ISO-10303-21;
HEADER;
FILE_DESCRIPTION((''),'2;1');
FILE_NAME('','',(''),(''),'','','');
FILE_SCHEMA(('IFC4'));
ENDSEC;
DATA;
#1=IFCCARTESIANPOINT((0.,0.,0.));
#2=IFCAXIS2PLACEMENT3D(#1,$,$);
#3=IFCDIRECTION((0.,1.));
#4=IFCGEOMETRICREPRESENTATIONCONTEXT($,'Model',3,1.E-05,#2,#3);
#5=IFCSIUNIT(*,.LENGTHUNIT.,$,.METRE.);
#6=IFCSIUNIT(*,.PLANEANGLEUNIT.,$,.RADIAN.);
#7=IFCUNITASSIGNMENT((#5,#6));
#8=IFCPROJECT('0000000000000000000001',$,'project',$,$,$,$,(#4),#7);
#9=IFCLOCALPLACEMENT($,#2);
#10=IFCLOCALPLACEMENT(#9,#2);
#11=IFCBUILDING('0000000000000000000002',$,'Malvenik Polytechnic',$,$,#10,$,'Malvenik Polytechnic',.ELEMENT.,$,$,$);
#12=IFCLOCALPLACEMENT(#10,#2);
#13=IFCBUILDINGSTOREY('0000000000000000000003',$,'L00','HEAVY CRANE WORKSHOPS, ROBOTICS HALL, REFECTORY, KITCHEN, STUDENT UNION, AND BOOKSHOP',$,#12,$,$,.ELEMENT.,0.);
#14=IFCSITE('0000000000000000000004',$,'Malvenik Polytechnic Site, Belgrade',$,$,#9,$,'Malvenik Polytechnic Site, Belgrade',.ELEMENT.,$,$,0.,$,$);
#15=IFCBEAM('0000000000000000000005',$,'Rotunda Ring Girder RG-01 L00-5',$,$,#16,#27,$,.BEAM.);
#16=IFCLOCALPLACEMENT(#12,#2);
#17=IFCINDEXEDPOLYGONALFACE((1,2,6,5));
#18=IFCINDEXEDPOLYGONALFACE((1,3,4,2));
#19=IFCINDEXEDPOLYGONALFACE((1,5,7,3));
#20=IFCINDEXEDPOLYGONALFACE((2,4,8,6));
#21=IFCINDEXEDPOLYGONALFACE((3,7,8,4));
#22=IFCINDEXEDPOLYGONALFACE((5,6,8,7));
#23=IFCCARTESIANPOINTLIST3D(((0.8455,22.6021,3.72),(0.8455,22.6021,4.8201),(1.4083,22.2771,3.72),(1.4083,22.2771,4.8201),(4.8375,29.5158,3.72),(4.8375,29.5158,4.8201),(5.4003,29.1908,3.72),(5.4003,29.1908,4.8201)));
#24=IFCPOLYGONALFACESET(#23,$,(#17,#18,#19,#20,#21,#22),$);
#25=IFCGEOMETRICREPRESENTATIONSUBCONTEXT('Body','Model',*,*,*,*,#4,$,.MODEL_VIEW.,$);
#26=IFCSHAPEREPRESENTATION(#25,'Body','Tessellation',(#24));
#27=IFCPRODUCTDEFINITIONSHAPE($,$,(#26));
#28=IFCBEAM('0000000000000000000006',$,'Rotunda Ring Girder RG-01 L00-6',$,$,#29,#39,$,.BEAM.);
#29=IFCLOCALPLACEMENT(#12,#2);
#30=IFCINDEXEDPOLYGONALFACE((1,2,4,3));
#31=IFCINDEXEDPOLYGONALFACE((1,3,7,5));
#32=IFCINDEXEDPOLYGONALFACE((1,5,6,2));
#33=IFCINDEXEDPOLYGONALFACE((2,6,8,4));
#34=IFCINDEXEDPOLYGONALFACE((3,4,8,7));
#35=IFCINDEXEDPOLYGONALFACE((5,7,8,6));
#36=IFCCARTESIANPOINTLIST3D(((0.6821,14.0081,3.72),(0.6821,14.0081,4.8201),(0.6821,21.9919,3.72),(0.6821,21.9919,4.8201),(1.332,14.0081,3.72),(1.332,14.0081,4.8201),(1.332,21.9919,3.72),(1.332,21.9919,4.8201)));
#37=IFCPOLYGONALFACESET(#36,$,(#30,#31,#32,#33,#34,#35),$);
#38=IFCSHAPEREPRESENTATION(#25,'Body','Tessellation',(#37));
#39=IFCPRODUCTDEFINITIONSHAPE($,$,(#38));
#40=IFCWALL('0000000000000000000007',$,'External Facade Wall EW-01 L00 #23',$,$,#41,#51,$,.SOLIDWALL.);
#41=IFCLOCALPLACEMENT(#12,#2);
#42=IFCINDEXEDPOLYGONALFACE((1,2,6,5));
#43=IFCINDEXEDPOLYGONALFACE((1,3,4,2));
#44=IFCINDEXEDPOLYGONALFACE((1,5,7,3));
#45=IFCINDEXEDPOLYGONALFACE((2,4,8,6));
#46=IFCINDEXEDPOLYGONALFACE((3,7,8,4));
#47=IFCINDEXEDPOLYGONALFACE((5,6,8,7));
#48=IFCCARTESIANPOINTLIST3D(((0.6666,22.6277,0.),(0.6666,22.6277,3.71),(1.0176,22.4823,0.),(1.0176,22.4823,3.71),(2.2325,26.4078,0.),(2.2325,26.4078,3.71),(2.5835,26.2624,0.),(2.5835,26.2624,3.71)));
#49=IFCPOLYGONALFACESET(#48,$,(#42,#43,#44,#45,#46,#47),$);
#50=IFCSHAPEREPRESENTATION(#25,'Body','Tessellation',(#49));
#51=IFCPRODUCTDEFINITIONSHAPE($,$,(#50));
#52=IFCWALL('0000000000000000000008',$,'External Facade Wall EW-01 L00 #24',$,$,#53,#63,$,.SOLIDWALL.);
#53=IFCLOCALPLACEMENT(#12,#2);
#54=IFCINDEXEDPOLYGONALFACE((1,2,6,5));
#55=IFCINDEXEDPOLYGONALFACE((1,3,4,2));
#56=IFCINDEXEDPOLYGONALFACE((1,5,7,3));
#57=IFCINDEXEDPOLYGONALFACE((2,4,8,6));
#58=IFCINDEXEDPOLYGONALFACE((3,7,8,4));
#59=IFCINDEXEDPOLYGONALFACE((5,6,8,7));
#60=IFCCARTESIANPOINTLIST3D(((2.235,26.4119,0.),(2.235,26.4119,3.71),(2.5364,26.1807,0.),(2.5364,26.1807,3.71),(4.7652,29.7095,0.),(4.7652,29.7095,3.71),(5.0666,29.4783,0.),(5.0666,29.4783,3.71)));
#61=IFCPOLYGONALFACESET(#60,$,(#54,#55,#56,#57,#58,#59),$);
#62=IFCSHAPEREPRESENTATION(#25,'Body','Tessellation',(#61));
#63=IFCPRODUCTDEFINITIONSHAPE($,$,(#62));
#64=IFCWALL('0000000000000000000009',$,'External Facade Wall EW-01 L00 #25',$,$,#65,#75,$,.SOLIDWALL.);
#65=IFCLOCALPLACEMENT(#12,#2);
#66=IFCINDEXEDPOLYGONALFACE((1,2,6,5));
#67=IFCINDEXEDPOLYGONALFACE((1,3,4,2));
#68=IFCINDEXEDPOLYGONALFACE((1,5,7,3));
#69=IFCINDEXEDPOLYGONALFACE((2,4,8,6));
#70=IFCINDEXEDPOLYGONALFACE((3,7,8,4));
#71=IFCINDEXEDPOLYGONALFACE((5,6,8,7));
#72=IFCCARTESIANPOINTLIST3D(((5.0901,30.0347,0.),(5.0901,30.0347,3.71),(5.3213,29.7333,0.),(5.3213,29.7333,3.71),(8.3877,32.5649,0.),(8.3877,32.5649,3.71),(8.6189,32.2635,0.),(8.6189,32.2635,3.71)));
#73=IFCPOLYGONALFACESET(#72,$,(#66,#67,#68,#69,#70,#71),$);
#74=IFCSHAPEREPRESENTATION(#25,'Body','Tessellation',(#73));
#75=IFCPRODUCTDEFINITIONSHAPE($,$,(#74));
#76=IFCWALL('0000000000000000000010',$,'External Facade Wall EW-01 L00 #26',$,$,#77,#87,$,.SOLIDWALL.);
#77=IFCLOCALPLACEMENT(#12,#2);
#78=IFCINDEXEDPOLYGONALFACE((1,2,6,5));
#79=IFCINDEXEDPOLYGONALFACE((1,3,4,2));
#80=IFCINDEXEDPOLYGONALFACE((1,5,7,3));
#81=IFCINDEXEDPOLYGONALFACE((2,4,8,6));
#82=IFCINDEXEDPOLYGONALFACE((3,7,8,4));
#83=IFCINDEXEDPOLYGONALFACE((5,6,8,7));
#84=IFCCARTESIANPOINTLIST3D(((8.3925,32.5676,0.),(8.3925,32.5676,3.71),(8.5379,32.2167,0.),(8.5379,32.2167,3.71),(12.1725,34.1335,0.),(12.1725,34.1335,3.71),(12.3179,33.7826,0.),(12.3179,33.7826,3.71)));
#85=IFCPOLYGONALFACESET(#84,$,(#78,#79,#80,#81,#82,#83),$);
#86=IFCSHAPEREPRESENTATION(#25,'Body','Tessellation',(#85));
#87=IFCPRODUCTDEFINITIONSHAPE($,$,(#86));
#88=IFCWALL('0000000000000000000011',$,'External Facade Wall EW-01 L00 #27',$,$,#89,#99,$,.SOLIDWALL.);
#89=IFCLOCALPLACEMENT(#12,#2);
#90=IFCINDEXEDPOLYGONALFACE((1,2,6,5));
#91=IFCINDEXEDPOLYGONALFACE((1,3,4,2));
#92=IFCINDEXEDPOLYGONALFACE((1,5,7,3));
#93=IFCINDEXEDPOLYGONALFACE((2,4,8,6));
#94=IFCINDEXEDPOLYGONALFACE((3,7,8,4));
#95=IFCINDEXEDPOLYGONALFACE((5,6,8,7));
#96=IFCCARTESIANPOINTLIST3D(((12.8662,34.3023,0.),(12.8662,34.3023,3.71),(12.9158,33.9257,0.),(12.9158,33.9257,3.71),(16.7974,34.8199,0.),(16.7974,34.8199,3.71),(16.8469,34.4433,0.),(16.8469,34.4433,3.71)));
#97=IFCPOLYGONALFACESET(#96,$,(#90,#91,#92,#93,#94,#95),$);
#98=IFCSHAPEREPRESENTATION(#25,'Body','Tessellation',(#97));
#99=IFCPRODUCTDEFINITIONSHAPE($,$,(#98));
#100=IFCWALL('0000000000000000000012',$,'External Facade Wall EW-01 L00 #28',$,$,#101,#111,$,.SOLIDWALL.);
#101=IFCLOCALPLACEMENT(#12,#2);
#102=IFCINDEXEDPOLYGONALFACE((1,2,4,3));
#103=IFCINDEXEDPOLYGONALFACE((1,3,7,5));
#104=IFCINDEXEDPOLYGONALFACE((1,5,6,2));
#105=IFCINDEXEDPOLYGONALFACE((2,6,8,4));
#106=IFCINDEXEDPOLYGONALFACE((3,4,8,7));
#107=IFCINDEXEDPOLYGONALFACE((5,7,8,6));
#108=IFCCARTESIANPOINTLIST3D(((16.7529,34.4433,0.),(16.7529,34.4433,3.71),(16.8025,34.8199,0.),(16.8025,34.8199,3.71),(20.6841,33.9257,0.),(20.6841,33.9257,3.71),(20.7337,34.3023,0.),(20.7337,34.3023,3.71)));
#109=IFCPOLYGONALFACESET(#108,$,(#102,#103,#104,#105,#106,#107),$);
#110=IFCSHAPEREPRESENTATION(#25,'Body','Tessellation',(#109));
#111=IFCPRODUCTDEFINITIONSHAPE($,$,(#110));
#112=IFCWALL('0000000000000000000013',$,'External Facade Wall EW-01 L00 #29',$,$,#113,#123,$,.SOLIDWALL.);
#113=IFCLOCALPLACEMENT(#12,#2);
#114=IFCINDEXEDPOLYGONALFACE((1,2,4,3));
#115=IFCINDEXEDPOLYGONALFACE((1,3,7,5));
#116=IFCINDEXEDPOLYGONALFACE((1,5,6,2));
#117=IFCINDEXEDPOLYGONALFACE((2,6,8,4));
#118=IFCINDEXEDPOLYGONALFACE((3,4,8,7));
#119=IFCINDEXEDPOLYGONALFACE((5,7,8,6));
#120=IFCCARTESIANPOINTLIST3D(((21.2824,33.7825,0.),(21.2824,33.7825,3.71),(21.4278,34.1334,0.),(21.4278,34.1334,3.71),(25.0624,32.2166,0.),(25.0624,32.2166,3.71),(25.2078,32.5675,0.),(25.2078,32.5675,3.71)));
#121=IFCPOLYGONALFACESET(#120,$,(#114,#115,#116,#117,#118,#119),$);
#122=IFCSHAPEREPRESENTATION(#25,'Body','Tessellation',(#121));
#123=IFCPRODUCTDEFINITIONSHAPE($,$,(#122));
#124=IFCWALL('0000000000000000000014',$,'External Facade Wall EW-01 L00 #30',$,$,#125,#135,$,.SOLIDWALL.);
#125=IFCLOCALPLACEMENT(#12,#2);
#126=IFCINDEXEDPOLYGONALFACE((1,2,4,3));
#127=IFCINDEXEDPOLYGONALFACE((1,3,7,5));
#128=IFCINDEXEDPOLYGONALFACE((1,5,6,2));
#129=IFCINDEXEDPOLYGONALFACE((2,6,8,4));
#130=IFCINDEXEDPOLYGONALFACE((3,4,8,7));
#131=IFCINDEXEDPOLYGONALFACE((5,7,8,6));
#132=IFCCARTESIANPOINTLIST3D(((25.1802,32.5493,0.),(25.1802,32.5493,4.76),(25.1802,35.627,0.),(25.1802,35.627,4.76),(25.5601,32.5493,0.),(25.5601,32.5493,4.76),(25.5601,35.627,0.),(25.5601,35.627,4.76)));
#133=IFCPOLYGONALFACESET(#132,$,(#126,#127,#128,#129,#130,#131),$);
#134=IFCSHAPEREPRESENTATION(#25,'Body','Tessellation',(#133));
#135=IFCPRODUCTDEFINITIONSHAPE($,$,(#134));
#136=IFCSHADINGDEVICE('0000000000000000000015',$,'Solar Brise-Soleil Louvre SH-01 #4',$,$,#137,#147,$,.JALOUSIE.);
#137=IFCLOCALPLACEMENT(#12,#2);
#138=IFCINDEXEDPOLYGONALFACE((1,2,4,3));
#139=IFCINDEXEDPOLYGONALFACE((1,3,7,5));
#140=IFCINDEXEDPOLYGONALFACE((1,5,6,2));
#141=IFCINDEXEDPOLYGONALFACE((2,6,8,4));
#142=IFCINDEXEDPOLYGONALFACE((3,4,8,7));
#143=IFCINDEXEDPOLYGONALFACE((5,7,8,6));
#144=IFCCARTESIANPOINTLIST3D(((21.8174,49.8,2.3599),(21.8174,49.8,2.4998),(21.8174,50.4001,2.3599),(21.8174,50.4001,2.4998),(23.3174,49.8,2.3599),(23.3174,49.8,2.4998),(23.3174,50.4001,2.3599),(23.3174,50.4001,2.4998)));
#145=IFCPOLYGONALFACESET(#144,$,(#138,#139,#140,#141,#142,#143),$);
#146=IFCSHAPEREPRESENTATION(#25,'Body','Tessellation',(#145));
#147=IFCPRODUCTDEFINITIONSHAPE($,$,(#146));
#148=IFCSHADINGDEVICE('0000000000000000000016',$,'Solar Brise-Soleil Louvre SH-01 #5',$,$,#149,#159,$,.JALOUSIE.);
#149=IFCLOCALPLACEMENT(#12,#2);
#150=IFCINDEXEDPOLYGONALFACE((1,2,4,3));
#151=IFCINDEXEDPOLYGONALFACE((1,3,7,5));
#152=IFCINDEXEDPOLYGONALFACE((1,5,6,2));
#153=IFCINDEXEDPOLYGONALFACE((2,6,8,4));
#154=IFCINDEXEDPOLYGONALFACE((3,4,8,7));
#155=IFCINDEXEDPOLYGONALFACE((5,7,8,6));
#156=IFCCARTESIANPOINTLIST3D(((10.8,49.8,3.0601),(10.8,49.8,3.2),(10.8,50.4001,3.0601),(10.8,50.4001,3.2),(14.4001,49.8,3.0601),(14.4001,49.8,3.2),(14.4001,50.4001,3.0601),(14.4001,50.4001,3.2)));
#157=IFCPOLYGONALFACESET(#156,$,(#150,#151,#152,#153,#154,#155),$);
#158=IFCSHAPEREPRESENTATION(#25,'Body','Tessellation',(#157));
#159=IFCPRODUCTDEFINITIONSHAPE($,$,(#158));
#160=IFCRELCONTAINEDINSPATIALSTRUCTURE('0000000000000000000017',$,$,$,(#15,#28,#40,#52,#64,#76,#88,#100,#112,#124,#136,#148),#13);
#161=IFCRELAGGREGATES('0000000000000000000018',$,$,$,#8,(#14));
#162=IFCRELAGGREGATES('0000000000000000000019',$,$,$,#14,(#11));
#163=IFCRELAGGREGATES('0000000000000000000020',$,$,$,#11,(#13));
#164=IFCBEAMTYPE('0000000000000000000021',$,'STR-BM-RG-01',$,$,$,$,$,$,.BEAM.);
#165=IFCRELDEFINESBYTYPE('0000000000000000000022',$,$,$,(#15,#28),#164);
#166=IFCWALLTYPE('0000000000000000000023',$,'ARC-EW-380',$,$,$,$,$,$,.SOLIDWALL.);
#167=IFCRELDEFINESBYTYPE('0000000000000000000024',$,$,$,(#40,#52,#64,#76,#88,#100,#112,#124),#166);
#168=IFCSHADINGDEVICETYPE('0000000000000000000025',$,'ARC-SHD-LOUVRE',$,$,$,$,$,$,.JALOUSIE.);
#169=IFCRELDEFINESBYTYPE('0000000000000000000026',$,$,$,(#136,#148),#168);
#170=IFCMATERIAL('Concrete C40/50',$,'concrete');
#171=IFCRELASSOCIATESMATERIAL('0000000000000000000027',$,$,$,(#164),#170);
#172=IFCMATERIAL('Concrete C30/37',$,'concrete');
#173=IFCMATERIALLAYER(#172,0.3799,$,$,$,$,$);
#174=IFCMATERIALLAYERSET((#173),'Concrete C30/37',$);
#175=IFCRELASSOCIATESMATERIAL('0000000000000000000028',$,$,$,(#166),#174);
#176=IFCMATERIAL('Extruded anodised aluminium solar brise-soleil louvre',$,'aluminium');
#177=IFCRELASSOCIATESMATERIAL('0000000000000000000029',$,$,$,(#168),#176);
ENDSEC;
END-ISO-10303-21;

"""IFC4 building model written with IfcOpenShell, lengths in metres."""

from ifc_helpers import new_model, si_unit, direction, frame, frame_2d, origin, origin_2d, place, context, subcontext, project, spatial, rectangle, extrude, material, layer, layer_set, material_profile, profile_set, type_object, element, save


model = new_model("IFC4")

# Units and contexts
model_context = context("Model", 3, precision=1e-05, world=origin(), true_north=direction((0.0, 1.0)))
body_context = subcontext(model_context, "Body", "Model", "MODEL_VIEW")
ifc_project = project(units=[si_unit("LENGTHUNIT", "METRE"), si_unit("PLANEANGLEUNIT", "RADIAN")], contexts=[model_context])

# Site, building, storey
site_placement = place(None, origin())
site = spatial("IfcSite", under=ifc_project, at=site_placement, Name="Malvenik Polytechnic Site, Belgrade", LongName="Malvenik Polytechnic Site, Belgrade", CompositionType="ELEMENT", RefElevation=0.0)
building_placement = place(site_placement, origin())
building = spatial("IfcBuilding", under=site, at=building_placement, Name="Malvenik Polytechnic", LongName="Malvenik Polytechnic", CompositionType="ELEMENT")
storey_placement = place(building_placement, origin())
storey = spatial("IfcBuildingStorey", under=building, at=storey_placement, Name="L00", Description="HEAVY CRANE WORKSHOPS, ROBOTICS HALL, REFECTORY, KITCHEN, STUDENT UNION, AND BOOKSHOP", CompositionType="ELEMENT", Elevation=0.0)

# Beams
ifc_material_1 = material(Name="Concrete C40/50", Category="concrete")
ifc_material_profile_1 = material_profile(ifc_material_1, rectangle(XDim=0.6499, YDim=1.1001, at=origin_2d()), Name="RC RG 650x1100")
ifc_profile_set_1 = profile_set([ifc_material_profile_1], Name="Concrete C40/50")
beam_type = type_object("IfcBeamType", Name="STR-BM-RG-01", PredefinedType="BEAM", material=ifc_profile_set_1)
beam_1_placement = place(storey_placement, frame((5.1189, 29.3533, 4.27), z_axis=(-0.500037, -0.866004, 0.0), x_axis=(0.866004, -0.500037, 0.0)))
element("IfcBeam", 1, at=beam_1_placement, inside=storey, type_object=beam_type, Name="Rotunda Ring Girder RG-01 L00-5", PredefinedType="BEAM", context=body_context, shape_type="SweptSolid", body=[
    extrude(rectangle(XDim=0.6499, YDim=1.1001, at=origin_2d()), origin(), (0.0, 0.0, 1.0), 7.9834),
])
beam_2_placement = place(storey_placement, frame((1.0071, 21.9919, 4.27), z_axis=(0.0, -1.0, 0.0), x_axis=(1.0, 0.0, 0.0)))
element("IfcBeam", 2, at=beam_2_placement, inside=storey, type_object=beam_type, Name="Rotunda Ring Girder RG-01 L00-6", PredefinedType="BEAM", context=body_context, shape_type="SweptSolid", body=[
    extrude(rectangle(XDim=0.6499, YDim=1.1001, at=origin_2d()), origin(), (0.0, 0.0, 1.0), 7.9839),
])

# Walls
ifc_material_2 = material(Name="Concrete C30/37", Category="concrete")
ifc_layer = layer(ifc_material_2, 0.3799)
ifc_layer_set = layer_set([ifc_layer], Name="Concrete C30/37")
wall_type = type_object("IfcWallType", Name="ARC-EW-380", PredefinedType="SOLIDWALL", material=ifc_layer_set)
wall_1_placement = place(storey_placement, frame((0.842, 22.5549, 0.0), z_axis=(0.0, 0.0, 1.0), x_axis=(0.382721, 0.923864, 0.0)))
element("IfcWall", 3, at=wall_1_placement, inside=storey, type_object=wall_type, Name="External Facade Wall EW-01 L00 #23", PredefinedType="SOLIDWALL", context=body_context, shape_type="SweptSolid", body=[
    extrude(rectangle(XDim=4.0916, YDim=0.3799, at=frame_2d((2.0459, 0.0))), origin(), (0.0, 0.0, 1.0), 3.71),
])
for number, where, z_axis, x_axis, name in (
    (4, (2.3857, 26.2964, 0.0), (0.0, 0.0, 1.0), (0.608751, 0.793361, 0.0), "External Facade Wall EW-01 L00 #24"),
    (5, (5.2058, 29.884, 0.0), (0.0, 0.0, 1.0), (0.793361, 0.608751, 0.0), "External Facade Wall EW-01 L00 #25"),
):
    element("IfcWall", number, at=place(storey_placement, frame(where, z_axis=z_axis, x_axis=x_axis)), inside=storey, type_object=wall_type, Name=name, PredefinedType="SOLIDWALL", context=body_context, shape_type="SweptSolid", body=[
        extrude(rectangle(XDim=4.1565, YDim=0.3799, at=frame_2d((2.0781, 0.0))), origin(), (0.0, 0.0, 1.0), 3.71),
    ])
wall_2_placement = place(storey_placement, frame((8.4651, 32.3921, 0.0), z_axis=(0.0, 0.0, 1.0), x_axis=(0.923864, 0.382721, 0.0)))
element("IfcWall", 6, at=wall_2_placement, inside=storey, type_object=wall_type, Name="External Facade Wall EW-01 L00 #26", PredefinedType="SOLIDWALL", context=body_context, shape_type="SweptSolid", body=[
    extrude(rectangle(XDim=4.0916, YDim=0.3799, at=frame_2d((2.0459, 0.0))), origin(), (0.0, 0.0, 1.0), 3.71),
])
for number, where, z_axis, x_axis, name in (
    (7, (12.8911, 34.114, 0.0), (0.0, 0.0, 1.0), (0.991444, 0.130534, 0.0), "External Facade Wall EW-01 L00 #27"),
    (8, (16.7778, 34.6316, 0.0), (0.0, 0.0, 1.0), (0.991444, -0.130534, 0.0), "External Facade Wall EW-01 L00 #28"),
):
    element("IfcWall", number, at=place(storey_placement, frame(where, z_axis=z_axis, x_axis=x_axis)), inside=storey, type_object=wall_type, Name=name, PredefinedType="SOLIDWALL", context=body_context, shape_type="SweptSolid", body=[
        extrude(rectangle(XDim=3.9651, YDim=0.3799, at=frame_2d((1.9824, 0.0))), origin(), (0.0, 0.0, 1.0), 3.71),
    ])
wall_3_placement = place(storey_placement, frame((21.355, 33.958, 0.0), z_axis=(0.0, 0.0, 1.0), x_axis=(0.923864, -0.382721, 0.0)))
element("IfcWall", 9, at=wall_3_placement, inside=storey, type_object=wall_type, Name="External Facade Wall EW-01 L00 #29", PredefinedType="SOLIDWALL", context=body_context, shape_type="SweptSolid", body=[
    extrude(rectangle(XDim=4.0916, YDim=0.3799, at=frame_2d((2.0459, 0.0))), origin(), (0.0, 0.0, 1.0), 3.71),
])
wall_4_placement = place(storey_placement, frame((25.3701, 32.5493, 0.0), z_axis=(0.0, 0.0, 1.0), x_axis=(0.0, 1.0, 0.0)))
element("IfcWall", 10, at=wall_4_placement, inside=storey, type_object=wall_type, Name="External Facade Wall EW-01 L00 #30", PredefinedType="SOLIDWALL", context=body_context, shape_type="SweptSolid", body=[
    extrude(rectangle(XDim=3.0776, YDim=0.3799, at=frame_2d((1.5388, 0.0))), origin(), (0.0, 0.0, 1.0), 4.76),
])

# Shading devices
ifc_material_3 = material(Name="Extruded anodised aluminium solar brise-soleil louvre", Category="aluminium")
shading_device_type = type_object("IfcShadingDeviceType", Name="ARC-SHD-LOUVRE", PredefinedType="JALOUSIE", material=ifc_material_3)
shading_device_1_placement = place(storey_placement, frame((22.5674, 50.1001, 2.3599), z_axis=(0.0, 0.0, 1.0), x_axis=(1.0, 0.0, 0.0)))
element("IfcShadingDevice", 11, at=shading_device_1_placement, inside=storey, type_object=shading_device_type, Name="Solar Brise-Soleil Louvre SH-01 #4", PredefinedType="JALOUSIE", context=body_context, shape_type="SweptSolid", body=[
    extrude(rectangle(XDim=1.5, YDim=0.6001, at=origin_2d()), origin(), (0.0, 0.0, 1.0), 0.1399),
])
shading_device_2_placement = place(storey_placement, frame((12.6001, 50.1001, 3.0601), z_axis=(0.0, 0.0, 1.0), x_axis=(1.0, 0.0, 0.0)))
element("IfcShadingDevice", 12, at=shading_device_2_placement, inside=storey, type_object=shading_device_type, Name="Solar Brise-Soleil Louvre SH-01 #5", PredefinedType="JALOUSIE", context=body_context, shape_type="SweptSolid", body=[
    extrude(rectangle(XDim=3.6001, YDim=0.6001, at=origin_2d()), origin(), (0.0, 0.0, 1.0), 0.1399),
])

save(model, "model.ifc")
